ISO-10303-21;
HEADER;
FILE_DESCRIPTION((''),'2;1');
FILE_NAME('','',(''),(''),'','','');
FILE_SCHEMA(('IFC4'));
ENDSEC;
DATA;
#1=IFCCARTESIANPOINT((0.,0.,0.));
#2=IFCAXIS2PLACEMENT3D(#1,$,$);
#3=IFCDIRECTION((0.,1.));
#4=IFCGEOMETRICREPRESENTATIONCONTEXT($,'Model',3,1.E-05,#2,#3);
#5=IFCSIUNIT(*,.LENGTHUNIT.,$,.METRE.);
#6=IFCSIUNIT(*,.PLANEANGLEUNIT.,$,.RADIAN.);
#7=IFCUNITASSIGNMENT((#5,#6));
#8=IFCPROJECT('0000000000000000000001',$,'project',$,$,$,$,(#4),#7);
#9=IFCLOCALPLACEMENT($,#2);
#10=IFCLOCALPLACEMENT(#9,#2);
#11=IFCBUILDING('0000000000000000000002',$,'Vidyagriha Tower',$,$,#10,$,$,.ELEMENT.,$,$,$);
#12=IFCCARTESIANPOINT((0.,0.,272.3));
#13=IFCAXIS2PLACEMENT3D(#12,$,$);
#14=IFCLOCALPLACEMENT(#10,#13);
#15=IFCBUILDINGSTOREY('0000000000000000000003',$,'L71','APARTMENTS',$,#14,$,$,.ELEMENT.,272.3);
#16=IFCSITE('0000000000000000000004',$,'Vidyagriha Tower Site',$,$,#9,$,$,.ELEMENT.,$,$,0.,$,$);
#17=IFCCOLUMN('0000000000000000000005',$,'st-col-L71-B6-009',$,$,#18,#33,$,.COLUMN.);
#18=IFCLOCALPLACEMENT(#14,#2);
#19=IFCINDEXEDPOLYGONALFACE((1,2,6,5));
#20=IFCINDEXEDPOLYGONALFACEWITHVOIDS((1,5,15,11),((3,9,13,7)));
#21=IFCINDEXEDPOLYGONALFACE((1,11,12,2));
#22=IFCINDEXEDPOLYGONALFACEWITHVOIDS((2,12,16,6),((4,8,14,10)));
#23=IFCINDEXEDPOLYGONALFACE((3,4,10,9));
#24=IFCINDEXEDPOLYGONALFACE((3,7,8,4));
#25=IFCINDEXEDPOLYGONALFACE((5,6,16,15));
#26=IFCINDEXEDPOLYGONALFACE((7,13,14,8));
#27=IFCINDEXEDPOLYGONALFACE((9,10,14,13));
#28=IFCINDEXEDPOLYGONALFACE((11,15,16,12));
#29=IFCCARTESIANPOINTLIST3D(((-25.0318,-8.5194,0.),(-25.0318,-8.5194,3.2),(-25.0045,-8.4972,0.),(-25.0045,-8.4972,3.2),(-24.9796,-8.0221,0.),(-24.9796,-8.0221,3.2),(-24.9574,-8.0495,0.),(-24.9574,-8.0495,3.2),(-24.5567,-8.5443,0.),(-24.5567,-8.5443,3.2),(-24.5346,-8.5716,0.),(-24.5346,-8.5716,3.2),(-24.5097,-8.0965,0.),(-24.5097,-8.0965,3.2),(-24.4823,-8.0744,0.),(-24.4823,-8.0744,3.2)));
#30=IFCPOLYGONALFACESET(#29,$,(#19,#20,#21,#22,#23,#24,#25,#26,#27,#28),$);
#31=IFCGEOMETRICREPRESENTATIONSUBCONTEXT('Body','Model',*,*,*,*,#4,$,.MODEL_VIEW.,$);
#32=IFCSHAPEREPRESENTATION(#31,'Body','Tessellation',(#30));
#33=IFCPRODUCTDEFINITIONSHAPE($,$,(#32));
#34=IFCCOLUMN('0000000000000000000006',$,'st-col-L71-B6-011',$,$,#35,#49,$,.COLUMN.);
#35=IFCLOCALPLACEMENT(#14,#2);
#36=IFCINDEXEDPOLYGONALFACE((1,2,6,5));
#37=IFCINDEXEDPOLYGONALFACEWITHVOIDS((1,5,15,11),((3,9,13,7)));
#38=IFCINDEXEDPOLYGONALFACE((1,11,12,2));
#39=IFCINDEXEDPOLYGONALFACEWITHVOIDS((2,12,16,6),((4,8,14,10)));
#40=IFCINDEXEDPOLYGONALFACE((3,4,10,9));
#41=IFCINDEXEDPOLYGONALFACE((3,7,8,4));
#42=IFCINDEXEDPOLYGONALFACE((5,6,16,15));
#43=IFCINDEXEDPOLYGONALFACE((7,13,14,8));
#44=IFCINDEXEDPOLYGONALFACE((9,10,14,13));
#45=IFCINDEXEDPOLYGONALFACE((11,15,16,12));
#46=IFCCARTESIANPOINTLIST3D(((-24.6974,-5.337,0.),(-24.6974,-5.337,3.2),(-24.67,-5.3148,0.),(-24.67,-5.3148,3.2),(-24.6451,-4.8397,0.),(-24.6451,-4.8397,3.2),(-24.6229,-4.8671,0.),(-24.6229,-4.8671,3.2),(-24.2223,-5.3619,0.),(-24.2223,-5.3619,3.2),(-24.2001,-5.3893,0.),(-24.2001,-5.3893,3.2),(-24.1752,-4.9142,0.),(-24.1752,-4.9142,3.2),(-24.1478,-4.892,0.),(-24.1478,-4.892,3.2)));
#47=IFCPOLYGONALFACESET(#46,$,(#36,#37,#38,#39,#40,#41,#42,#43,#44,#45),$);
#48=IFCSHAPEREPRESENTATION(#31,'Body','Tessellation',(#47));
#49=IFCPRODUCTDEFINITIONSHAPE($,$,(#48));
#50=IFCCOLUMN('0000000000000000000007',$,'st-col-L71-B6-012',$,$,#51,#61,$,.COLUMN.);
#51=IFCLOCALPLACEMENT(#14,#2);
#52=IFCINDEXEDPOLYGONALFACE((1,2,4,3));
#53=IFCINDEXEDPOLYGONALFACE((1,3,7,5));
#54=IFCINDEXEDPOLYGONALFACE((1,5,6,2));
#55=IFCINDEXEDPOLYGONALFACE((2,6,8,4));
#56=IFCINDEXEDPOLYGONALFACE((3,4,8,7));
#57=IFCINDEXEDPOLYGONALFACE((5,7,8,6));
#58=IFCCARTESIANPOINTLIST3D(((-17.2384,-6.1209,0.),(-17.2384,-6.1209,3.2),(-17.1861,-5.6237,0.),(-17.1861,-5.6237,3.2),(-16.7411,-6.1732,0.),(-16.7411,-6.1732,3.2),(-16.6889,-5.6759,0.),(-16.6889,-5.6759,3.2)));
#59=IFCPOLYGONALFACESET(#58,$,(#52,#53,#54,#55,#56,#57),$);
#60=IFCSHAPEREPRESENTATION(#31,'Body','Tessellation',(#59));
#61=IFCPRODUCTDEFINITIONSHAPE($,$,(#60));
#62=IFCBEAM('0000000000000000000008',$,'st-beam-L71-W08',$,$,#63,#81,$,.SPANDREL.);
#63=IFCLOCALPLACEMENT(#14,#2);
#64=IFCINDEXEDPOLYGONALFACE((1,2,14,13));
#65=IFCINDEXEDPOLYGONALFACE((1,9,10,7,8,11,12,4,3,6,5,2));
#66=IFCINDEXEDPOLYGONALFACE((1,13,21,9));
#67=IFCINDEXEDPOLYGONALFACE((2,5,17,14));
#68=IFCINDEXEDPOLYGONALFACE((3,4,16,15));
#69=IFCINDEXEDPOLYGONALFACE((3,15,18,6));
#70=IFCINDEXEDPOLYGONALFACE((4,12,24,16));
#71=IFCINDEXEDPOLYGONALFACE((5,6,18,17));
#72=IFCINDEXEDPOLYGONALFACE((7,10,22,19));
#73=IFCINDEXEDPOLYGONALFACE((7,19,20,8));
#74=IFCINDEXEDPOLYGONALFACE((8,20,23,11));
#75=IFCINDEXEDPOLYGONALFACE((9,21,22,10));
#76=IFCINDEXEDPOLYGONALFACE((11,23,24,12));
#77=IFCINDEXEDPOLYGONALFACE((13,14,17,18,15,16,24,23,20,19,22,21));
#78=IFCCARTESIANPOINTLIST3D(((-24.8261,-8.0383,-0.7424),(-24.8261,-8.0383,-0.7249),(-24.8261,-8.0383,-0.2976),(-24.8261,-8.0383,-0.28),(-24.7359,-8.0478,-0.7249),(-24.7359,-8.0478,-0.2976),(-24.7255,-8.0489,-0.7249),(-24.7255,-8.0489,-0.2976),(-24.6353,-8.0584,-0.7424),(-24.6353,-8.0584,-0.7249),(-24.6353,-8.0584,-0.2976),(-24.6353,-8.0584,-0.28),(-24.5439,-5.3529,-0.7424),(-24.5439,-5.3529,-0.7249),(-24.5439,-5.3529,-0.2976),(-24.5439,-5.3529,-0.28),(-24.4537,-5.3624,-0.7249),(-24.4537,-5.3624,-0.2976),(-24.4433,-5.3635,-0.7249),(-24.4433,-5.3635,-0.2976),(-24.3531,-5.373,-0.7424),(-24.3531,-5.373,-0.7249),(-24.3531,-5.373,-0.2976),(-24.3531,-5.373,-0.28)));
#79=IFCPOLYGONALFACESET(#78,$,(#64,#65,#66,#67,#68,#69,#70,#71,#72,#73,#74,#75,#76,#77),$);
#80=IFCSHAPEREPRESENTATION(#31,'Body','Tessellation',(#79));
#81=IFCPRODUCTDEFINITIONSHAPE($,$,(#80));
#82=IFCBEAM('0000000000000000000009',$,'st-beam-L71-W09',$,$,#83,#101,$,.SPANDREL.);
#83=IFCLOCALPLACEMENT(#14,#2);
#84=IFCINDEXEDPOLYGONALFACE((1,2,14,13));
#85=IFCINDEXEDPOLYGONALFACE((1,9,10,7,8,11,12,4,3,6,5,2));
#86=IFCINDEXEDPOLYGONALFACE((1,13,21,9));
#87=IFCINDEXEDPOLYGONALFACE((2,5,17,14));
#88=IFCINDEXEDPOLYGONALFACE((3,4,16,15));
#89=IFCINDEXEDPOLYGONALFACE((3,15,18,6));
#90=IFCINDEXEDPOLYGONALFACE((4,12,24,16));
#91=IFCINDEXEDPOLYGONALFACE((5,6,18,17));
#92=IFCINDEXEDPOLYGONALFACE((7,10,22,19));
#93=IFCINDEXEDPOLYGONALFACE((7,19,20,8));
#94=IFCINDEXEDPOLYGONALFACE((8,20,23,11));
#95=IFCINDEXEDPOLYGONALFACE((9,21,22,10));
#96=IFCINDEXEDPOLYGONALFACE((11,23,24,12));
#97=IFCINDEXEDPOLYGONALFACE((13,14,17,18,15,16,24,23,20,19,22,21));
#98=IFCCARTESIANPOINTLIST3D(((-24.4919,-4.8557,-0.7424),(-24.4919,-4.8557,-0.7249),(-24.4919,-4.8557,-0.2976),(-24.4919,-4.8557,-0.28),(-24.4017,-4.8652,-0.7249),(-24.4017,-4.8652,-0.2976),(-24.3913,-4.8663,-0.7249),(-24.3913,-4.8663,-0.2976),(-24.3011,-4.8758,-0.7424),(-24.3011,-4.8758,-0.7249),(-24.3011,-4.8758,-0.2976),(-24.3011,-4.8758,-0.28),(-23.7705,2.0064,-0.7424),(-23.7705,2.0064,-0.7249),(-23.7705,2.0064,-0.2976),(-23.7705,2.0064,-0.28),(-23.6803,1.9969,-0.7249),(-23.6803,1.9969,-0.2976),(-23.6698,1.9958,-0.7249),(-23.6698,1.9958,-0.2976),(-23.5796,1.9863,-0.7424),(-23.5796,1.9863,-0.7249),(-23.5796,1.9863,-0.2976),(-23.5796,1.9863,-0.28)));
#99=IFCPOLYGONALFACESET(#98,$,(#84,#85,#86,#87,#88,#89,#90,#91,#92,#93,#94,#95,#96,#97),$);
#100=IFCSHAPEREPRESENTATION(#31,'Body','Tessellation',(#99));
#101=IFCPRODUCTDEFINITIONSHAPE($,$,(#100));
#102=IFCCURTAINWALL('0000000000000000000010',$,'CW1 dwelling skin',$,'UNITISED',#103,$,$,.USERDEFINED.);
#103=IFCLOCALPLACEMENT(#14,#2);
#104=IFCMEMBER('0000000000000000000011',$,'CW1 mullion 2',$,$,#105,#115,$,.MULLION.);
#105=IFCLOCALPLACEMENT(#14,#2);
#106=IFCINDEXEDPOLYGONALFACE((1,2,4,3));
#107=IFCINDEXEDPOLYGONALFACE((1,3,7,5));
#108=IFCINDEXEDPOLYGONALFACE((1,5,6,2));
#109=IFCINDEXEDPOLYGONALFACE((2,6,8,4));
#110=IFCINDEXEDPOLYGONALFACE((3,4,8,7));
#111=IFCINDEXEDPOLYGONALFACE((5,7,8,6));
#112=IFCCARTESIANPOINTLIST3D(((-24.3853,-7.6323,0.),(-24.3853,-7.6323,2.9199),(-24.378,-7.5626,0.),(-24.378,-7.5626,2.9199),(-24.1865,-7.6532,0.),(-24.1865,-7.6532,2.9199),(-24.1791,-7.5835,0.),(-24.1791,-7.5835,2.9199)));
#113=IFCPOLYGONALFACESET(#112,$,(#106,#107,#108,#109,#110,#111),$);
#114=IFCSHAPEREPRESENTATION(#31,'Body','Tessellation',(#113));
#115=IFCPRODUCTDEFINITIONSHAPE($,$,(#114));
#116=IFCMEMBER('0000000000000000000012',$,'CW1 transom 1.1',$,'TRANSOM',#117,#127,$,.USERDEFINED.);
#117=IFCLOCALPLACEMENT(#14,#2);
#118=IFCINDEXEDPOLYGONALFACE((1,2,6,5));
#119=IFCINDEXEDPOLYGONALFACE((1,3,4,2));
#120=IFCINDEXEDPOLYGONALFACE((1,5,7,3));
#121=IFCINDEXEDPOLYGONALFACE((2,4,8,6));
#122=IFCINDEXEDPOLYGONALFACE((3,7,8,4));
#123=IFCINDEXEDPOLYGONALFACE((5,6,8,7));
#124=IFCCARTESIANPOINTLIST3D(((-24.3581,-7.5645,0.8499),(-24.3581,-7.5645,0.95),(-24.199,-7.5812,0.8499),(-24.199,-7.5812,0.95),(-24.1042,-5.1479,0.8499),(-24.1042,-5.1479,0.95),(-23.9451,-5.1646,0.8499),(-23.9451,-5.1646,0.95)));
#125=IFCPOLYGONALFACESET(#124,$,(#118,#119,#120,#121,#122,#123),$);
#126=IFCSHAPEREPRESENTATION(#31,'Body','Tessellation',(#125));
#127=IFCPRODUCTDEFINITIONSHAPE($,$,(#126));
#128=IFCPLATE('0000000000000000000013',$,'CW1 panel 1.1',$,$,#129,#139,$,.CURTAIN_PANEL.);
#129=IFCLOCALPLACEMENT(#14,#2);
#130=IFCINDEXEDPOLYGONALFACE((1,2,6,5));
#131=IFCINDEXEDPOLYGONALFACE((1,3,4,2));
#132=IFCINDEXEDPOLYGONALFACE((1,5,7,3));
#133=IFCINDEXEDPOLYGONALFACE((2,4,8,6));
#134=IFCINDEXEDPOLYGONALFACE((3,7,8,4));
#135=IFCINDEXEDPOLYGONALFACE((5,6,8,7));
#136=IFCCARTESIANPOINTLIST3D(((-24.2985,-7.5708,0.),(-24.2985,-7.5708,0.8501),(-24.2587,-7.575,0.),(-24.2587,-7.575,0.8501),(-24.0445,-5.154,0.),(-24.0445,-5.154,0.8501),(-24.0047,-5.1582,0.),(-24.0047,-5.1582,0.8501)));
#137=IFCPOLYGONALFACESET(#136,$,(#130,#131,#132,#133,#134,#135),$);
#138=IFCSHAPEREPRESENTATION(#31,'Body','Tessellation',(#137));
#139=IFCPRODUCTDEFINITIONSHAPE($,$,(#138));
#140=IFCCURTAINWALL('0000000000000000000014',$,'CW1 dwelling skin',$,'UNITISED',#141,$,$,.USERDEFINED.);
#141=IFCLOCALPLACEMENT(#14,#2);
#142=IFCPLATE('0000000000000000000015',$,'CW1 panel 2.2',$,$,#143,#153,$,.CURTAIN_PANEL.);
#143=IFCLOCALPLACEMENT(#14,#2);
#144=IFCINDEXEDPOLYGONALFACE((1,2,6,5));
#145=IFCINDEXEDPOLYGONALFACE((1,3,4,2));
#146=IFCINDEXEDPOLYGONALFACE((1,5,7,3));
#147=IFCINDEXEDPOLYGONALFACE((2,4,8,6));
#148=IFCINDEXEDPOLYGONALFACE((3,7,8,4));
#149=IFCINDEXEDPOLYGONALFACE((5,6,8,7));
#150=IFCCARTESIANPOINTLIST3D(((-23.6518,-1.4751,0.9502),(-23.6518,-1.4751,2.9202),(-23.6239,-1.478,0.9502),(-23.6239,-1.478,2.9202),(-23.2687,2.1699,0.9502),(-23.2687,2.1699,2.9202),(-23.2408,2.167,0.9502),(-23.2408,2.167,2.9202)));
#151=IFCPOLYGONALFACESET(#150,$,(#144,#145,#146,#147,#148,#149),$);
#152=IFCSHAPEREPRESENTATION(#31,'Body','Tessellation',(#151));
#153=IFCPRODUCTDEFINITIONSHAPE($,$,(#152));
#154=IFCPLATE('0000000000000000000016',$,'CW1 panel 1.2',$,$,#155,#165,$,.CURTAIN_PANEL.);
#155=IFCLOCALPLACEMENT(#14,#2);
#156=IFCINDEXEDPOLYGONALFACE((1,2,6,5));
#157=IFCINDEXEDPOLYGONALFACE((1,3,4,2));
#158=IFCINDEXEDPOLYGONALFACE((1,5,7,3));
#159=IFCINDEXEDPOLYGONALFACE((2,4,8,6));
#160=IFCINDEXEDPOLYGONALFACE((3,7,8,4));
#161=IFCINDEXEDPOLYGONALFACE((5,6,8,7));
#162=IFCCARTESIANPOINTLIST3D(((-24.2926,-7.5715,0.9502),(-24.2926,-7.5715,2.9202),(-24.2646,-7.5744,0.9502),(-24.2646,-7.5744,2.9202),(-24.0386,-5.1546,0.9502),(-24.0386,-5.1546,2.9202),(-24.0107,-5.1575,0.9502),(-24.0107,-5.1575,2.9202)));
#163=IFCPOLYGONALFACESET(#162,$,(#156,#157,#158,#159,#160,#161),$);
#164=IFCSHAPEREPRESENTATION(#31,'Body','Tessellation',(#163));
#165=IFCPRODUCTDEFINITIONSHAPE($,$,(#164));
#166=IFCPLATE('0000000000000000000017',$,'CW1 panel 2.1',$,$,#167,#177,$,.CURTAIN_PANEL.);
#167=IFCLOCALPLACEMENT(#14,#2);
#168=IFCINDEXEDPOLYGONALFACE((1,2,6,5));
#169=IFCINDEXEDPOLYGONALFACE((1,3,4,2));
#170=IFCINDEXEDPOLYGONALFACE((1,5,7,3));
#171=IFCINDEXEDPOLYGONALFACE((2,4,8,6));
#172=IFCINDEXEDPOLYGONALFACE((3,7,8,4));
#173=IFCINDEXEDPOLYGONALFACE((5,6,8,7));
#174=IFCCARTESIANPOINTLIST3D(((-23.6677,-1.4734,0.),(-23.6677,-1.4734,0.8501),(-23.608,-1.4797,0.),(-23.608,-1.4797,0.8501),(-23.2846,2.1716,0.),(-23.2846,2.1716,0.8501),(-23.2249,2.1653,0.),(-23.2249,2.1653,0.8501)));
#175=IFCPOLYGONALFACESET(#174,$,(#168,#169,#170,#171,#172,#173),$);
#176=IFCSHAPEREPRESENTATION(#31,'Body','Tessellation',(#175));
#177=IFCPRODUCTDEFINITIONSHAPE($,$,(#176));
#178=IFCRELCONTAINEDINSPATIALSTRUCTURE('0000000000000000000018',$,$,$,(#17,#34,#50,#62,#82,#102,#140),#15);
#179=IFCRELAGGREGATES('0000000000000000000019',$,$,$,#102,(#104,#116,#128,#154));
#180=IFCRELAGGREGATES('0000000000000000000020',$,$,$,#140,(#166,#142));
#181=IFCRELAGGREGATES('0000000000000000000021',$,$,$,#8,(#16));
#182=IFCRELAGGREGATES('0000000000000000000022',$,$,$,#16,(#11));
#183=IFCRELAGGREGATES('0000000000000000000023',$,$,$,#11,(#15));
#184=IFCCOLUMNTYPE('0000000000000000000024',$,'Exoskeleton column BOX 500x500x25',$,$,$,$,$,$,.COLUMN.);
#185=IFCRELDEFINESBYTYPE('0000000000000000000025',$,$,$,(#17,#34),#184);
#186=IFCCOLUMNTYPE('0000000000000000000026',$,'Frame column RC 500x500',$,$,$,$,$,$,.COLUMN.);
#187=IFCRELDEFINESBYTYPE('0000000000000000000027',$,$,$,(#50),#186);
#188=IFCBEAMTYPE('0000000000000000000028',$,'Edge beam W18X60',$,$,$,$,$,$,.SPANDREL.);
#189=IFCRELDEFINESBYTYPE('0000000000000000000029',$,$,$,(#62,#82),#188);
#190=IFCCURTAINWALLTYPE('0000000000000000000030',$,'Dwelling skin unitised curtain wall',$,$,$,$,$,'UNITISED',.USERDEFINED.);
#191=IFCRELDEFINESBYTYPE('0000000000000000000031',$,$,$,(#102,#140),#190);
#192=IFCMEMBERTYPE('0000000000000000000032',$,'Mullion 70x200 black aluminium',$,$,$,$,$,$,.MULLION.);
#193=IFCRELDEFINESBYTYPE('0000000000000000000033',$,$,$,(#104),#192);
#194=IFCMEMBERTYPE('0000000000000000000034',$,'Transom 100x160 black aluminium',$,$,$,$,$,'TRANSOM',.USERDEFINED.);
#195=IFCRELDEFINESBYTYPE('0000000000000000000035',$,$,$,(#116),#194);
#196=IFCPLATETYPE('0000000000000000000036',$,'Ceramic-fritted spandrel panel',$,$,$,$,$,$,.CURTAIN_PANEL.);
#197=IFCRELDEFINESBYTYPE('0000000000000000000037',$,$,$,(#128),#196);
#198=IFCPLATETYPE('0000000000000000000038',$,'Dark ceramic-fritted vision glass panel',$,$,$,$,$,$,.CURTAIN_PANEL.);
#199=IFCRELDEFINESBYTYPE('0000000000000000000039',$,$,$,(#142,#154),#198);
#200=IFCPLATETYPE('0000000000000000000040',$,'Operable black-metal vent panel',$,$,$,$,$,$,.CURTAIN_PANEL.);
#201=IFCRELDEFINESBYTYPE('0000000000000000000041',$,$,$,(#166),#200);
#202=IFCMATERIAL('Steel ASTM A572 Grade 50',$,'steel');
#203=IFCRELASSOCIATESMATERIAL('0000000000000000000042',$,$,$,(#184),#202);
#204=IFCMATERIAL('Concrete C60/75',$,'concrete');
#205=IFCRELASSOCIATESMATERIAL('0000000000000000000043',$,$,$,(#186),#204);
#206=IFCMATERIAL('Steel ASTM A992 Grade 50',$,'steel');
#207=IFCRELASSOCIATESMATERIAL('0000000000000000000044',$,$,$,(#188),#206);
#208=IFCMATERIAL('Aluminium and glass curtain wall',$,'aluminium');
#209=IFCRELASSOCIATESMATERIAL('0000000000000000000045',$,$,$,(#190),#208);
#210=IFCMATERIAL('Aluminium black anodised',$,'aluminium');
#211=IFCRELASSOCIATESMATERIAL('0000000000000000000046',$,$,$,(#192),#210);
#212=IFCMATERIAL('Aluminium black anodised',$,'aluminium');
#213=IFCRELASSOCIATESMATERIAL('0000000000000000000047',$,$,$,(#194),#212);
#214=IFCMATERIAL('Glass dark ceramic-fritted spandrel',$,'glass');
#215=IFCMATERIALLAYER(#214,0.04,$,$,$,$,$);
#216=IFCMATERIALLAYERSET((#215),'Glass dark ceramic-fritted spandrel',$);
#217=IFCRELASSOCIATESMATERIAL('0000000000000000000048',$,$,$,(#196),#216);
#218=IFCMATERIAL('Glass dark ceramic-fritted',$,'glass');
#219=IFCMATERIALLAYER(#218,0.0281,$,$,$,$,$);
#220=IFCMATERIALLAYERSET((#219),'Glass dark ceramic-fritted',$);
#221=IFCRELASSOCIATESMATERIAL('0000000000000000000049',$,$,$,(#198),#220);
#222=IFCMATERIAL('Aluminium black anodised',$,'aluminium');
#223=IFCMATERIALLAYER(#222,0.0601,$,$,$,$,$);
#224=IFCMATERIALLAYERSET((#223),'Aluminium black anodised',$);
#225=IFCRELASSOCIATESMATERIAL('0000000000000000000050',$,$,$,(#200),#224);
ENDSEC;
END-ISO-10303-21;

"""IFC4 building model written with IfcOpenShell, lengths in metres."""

from ifc_helpers import new_model, si_unit, direction, frame, origin, origin_2d, place, context, subcontext, project, spatial, rectangle, hollow_rectangle, i_section, extrude, material, layer, layer_set, material_profile, profile_set, type_object, element, aggregate, save


model = new_model("IFC4")

# Units and contexts
model_context = context("Model", 3, precision=1e-05, world=origin(), true_north=direction((0.0, 1.0)))
body_context = subcontext(model_context, "Body", "Model", "MODEL_VIEW")
ifc_project = project(units=[si_unit("LENGTHUNIT", "METRE"), si_unit("PLANEANGLEUNIT", "RADIAN")], contexts=[model_context])

# Site, building, storey
site_placement = place(None, origin())
site = spatial("IfcSite", under=ifc_project, at=site_placement, Name="Vidyagriha Tower Site", CompositionType="ELEMENT", RefElevation=0.0)
building_placement = place(site_placement, origin())
building = spatial("IfcBuilding", under=site, at=building_placement, Name="Vidyagriha Tower", CompositionType="ELEMENT")
storey_placement = place(building_placement, frame((0.0, 0.0, 272.3)))
storey = spatial("IfcBuildingStorey", under=building, at=storey_placement, Name="L71", Description="APARTMENTS", CompositionType="ELEMENT", Elevation=272.3)

# Columns
ifc_material_1 = material(Name="Steel ASTM A572 Grade 50", Category="steel")
ifc_material_profile_1 = material_profile(ifc_material_1, hollow_rectangle(XDim=0.5, YDim=0.5, WallThickness=0.0249, at=origin_2d()), Name="BOX 500x500x25")
ifc_profile_set_1 = profile_set([ifc_material_profile_1], Name="Steel ASTM A572 Grade 50")
column_type_1 = type_object("IfcColumnType", Name="Exoskeleton column BOX 500x500x25", PredefinedType="COLUMN", material=ifc_profile_set_1)
for number, where, z_axis, x_axis, name in (
    (1, (-24.7571, -8.2969, 0.0), (0.0, 0.0, 1.0), (0.994522, -0.104528, 0.0), "st-col-L71-B6-009"),
    (2, (-24.4226, -5.1145, 0.0), (0.0, 0.0, 1.0), (0.994522, -0.104528, 0.0), "st-col-L71-B6-011"),
):
    element("IfcColumn", number, at=place(storey_placement, frame(where, z_axis=z_axis, x_axis=x_axis)), inside=storey, type_object=column_type_1, Name=name, PredefinedType="COLUMN", context=body_context, shape_type="SweptSolid", body=[
        extrude(hollow_rectangle(XDim=0.5, YDim=0.5, WallThickness=0.0249, at=origin_2d()), origin(), (0.0, 0.0, 1.0), 3.2),
    ])
ifc_material_2 = material(Name="Concrete C60/75", Category="concrete")
ifc_material_profile_2 = material_profile(ifc_material_2, rectangle(XDim=0.5, YDim=0.5, at=origin_2d()), Name="RC 500x500")
ifc_profile_set_2 = profile_set([ifc_material_profile_2], Name="Concrete C60/75")
column_type_2 = type_object("IfcColumnType", Name="Frame column RC 500x500", PredefinedType="COLUMN", material=ifc_profile_set_2)
column_placement = place(storey_placement, frame((-16.9636, -5.8984, 0.0), z_axis=(0.0, 0.0, 1.0), x_axis=(0.994522, -0.104528, 0.0)))
element("IfcColumn", 3, at=column_placement, inside=storey, type_object=column_type_2, Name="st-col-L71-B6-012", PredefinedType="COLUMN", context=body_context, shape_type="SweptSolid", body=[
    extrude(rectangle(XDim=0.5, YDim=0.5, at=origin_2d()), origin(), (0.0, 0.0, 1.0), 3.2),
])

# Beams
ifc_material_3 = material(Name="Steel ASTM A992 Grade 50", Category="steel")
ifc_material_profile_3 = material_profile(ifc_material_3, i_section(OverallWidth=0.1919, OverallDepth=0.4624, WebThickness=0.0105, FlangeThickness=0.0176, at=origin_2d()), Name="W18X60")
ifc_profile_set_3 = profile_set([ifc_material_profile_3], Name="Steel ASTM A992 Grade 50")
beam_type = type_object("IfcBeamType", Name="Edge beam W18X60", PredefinedType="SPANDREL", material=ifc_profile_set_3)
beam_1_placement = place(storey_placement, frame((-24.7307, -8.0483, -0.5112), z_axis=(0.104525, 0.994522, 0.0), x_axis=(-0.994522, 0.104525, 0.0)))
element("IfcBeam", 4, at=beam_1_placement, inside=storey, type_object=beam_type, Name="st-beam-L71-W08", PredefinedType="SPANDREL", context=body_context, shape_type="SweptSolid", body=[
    extrude(i_section(OverallWidth=0.1919, OverallDepth=0.4624, WebThickness=0.0105, FlangeThickness=0.0176, at=origin_2d()), origin(), (0.0, 0.0, 1.0), 2.7002),
])
beam_2_placement = place(storey_placement, frame((-24.3965, -4.8657, -0.5112), z_axis=(0.104558, 0.994519, 0.0), x_axis=(-0.994519, 0.104558, 0.0)))
element("IfcBeam", 5, at=beam_2_placement, inside=storey, type_object=beam_type, Name="st-beam-L71-W09", PredefinedType="SPANDREL", context=body_context, shape_type="SweptSolid", body=[
    extrude(i_section(OverallWidth=0.1919, OverallDepth=0.4624, WebThickness=0.0105, FlangeThickness=0.0176, at=origin_2d()), origin(), (0.0, 0.0, 1.0), 6.8999),
])

# Curtain wall, members, plate
ifc_material_4 = material(Name="Aluminium and glass curtain wall", Category="aluminium")
curtain_wall_type = type_object("IfcCurtainWallType", Name="Dwelling skin unitised curtain wall", ElementType="UNITISED", PredefinedType="USERDEFINED", material=ifc_material_4)
curtain_wall_1_placement = place(storey_placement, origin())
curtain_wall_1 = element("IfcCurtainWall", 6, at=curtain_wall_1_placement, inside=storey, type_object=curtain_wall_type, Name="CW1 dwelling skin", ObjectType="UNITISED", PredefinedType="USERDEFINED")
ifc_material_5 = material(Name="Aluminium black anodised", Category="aluminium")
ifc_material_profile_4 = material_profile(ifc_material_5, rectangle(XDim=0.2, YDim=0.0701, at=origin_2d()), Name="Mullion 70x200 black aluminium")
ifc_profile_set_4 = profile_set([ifc_material_profile_4], Name="Aluminium black anodised")
member_type_1 = type_object("IfcMemberType", Name="Mullion 70x200 black aluminium", PredefinedType="MULLION", material=ifc_profile_set_4)
member_1_placement = place(storey_placement, frame((-24.2822, -7.6079, 0.0), z_axis=(0.0, 0.0, 1.0), x_axis=(0.994523, -0.104516, 0.0)))
member_1 = element("IfcMember", 7, at=member_1_placement, type_object=member_type_1, Name="CW1 mullion 2", PredefinedType="MULLION", context=body_context, shape_type="SweptSolid", body=[
    extrude(rectangle(XDim=0.2, YDim=0.0701, at=origin_2d()), origin(), (0.0, 0.0, 1.0), 2.9199),
])
ifc_material_6 = material(Name="Aluminium black anodised", Category="aluminium")
ifc_material_profile_5 = material_profile(ifc_material_6, rectangle(XDim=0.1599, YDim=0.1001, at=origin_2d()), Name="Transom 100x160 black aluminium")
ifc_profile_set_5 = profile_set([ifc_material_profile_5], Name="Aluminium black anodised")
member_type_2 = type_object("IfcMemberType", Name="Transom 100x160 black aluminium", ElementType="TRANSOM", PredefinedType="USERDEFINED", material=ifc_profile_set_5)
member_2_placement = place(storey_placement, frame((-24.0247, -5.1562, 0.8999), z_axis=(-0.104486, -0.994526, 0.0), x_axis=(0.994526, -0.104486, 0.0)))
member_2 = element("IfcMember", 8, at=member_2_placement, type_object=member_type_2, Name="CW1 transom 1.1", ObjectType="TRANSOM", PredefinedType="USERDEFINED", context=body_context, shape_type="SweptSolid", body=[
    extrude(rectangle(XDim=0.1599, YDim=0.1001, at=origin_2d()), origin(), (0.0, 0.0, 1.0), 2.4299),
])
ifc_material_7 = material(Name="Glass dark ceramic-fritted spandrel", Category="glass")
ifc_layer_1 = layer(ifc_material_7, 0.04)
ifc_layer_set_1 = layer_set([ifc_layer_1], Name="Glass dark ceramic-fritted spandrel")
plate_type_1 = type_object("IfcPlateType", Name="Ceramic-fritted spandrel panel", PredefinedType="CURTAIN_PANEL", material=ifc_layer_set_1)
plate_1_placement = place(storey_placement, frame((-24.1516, -6.3645, 0.0), z_axis=(0.0, 0.0, 1.0), x_axis=(-0.104516, -0.994523, 0.0)))
plate_1 = element("IfcPlate", 9, at=plate_1_placement, type_object=plate_type_1, Name="CW1 panel 1.1", PredefinedType="CURTAIN_PANEL", context=body_context, shape_type="SweptSolid", body=[
    extrude(rectangle(XDim=2.4302, YDim=0.04, at=origin_2d()), origin(), (0.0, 0.0, 1.0), 0.8501),
])

# Curtain wall, plate
curtain_wall_2_placement = place(storey_placement, origin())
curtain_wall_2 = element("IfcCurtainWall", 10, at=curtain_wall_2_placement, inside=storey, type_object=curtain_wall_type, Name="CW1 dwelling skin", ObjectType="UNITISED", PredefinedType="USERDEFINED")
ifc_material_8 = material(Name="Glass dark ceramic-fritted", Category="glass")
ifc_layer_2 = layer(ifc_material_8, 0.0281)
ifc_layer_set_2 = layer_set([ifc_layer_2], Name="Glass dark ceramic-fritted")
plate_type_2 = type_object("IfcPlateType", Name="Dark ceramic-fritted vision glass panel", PredefinedType="CURTAIN_PANEL", material=ifc_layer_set_2)
plate_2_placement = place(storey_placement, frame((-23.4463, 0.3459, 0.9502), z_axis=(0.0, 0.0, 1.0), x_axis=(-0.104533, -0.994521, 0.0)))
plate_2 = element("IfcPlate", 11, at=plate_2_placement, type_object=plate_type_2, Name="CW1 panel 2.2", PredefinedType="CURTAIN_PANEL", context=body_context, shape_type="SweptSolid", body=[
    extrude(rectangle(XDim=3.665, YDim=0.0281, at=origin_2d()), origin(), (0.0, 0.0, 1.0), 1.97),
])

# Plates
plate_3_placement = place(storey_placement, frame((-24.1516, -6.3645, 0.9502), z_axis=(0.0, 0.0, 1.0), x_axis=(-0.104516, -0.994523, 0.0)))
plate_3 = element("IfcPlate", 12, at=plate_3_placement, type_object=plate_type_2, Name="CW1 panel 1.2", PredefinedType="CURTAIN_PANEL", context=body_context, shape_type="SweptSolid", body=[
    extrude(rectangle(XDim=2.4302, YDim=0.0281, at=origin_2d()), origin(), (0.0, 0.0, 1.0), 1.97),
])
aggregate(curtain_wall_1, [member_1, member_2, plate_1, plate_3])
ifc_material_9 = material(Name="Aluminium black anodised", Category="aluminium")
ifc_layer_3 = layer(ifc_material_9, 0.0601)
ifc_layer_set_3 = layer_set([ifc_layer_3], Name="Aluminium black anodised")
plate_type_3 = type_object("IfcPlateType", Name="Operable black-metal vent panel", PredefinedType="CURTAIN_PANEL", material=ifc_layer_set_3)
plate_4_placement = place(storey_placement, frame((-23.4463, 0.3459, 0.0), z_axis=(0.0, 0.0, 1.0), x_axis=(-0.104533, -0.994521, 0.0)))
plate_4 = element("IfcPlate", 13, at=plate_4_placement, type_object=plate_type_3, Name="CW1 panel 2.1", PredefinedType="CURTAIN_PANEL", context=body_context, shape_type="SweptSolid", body=[
    extrude(rectangle(XDim=3.665, YDim=0.0601, at=origin_2d()), origin(), (0.0, 0.0, 1.0), 0.8501),
])
aggregate(curtain_wall_2, [plate_4, plate_2])

save(model, "model.ifc")
